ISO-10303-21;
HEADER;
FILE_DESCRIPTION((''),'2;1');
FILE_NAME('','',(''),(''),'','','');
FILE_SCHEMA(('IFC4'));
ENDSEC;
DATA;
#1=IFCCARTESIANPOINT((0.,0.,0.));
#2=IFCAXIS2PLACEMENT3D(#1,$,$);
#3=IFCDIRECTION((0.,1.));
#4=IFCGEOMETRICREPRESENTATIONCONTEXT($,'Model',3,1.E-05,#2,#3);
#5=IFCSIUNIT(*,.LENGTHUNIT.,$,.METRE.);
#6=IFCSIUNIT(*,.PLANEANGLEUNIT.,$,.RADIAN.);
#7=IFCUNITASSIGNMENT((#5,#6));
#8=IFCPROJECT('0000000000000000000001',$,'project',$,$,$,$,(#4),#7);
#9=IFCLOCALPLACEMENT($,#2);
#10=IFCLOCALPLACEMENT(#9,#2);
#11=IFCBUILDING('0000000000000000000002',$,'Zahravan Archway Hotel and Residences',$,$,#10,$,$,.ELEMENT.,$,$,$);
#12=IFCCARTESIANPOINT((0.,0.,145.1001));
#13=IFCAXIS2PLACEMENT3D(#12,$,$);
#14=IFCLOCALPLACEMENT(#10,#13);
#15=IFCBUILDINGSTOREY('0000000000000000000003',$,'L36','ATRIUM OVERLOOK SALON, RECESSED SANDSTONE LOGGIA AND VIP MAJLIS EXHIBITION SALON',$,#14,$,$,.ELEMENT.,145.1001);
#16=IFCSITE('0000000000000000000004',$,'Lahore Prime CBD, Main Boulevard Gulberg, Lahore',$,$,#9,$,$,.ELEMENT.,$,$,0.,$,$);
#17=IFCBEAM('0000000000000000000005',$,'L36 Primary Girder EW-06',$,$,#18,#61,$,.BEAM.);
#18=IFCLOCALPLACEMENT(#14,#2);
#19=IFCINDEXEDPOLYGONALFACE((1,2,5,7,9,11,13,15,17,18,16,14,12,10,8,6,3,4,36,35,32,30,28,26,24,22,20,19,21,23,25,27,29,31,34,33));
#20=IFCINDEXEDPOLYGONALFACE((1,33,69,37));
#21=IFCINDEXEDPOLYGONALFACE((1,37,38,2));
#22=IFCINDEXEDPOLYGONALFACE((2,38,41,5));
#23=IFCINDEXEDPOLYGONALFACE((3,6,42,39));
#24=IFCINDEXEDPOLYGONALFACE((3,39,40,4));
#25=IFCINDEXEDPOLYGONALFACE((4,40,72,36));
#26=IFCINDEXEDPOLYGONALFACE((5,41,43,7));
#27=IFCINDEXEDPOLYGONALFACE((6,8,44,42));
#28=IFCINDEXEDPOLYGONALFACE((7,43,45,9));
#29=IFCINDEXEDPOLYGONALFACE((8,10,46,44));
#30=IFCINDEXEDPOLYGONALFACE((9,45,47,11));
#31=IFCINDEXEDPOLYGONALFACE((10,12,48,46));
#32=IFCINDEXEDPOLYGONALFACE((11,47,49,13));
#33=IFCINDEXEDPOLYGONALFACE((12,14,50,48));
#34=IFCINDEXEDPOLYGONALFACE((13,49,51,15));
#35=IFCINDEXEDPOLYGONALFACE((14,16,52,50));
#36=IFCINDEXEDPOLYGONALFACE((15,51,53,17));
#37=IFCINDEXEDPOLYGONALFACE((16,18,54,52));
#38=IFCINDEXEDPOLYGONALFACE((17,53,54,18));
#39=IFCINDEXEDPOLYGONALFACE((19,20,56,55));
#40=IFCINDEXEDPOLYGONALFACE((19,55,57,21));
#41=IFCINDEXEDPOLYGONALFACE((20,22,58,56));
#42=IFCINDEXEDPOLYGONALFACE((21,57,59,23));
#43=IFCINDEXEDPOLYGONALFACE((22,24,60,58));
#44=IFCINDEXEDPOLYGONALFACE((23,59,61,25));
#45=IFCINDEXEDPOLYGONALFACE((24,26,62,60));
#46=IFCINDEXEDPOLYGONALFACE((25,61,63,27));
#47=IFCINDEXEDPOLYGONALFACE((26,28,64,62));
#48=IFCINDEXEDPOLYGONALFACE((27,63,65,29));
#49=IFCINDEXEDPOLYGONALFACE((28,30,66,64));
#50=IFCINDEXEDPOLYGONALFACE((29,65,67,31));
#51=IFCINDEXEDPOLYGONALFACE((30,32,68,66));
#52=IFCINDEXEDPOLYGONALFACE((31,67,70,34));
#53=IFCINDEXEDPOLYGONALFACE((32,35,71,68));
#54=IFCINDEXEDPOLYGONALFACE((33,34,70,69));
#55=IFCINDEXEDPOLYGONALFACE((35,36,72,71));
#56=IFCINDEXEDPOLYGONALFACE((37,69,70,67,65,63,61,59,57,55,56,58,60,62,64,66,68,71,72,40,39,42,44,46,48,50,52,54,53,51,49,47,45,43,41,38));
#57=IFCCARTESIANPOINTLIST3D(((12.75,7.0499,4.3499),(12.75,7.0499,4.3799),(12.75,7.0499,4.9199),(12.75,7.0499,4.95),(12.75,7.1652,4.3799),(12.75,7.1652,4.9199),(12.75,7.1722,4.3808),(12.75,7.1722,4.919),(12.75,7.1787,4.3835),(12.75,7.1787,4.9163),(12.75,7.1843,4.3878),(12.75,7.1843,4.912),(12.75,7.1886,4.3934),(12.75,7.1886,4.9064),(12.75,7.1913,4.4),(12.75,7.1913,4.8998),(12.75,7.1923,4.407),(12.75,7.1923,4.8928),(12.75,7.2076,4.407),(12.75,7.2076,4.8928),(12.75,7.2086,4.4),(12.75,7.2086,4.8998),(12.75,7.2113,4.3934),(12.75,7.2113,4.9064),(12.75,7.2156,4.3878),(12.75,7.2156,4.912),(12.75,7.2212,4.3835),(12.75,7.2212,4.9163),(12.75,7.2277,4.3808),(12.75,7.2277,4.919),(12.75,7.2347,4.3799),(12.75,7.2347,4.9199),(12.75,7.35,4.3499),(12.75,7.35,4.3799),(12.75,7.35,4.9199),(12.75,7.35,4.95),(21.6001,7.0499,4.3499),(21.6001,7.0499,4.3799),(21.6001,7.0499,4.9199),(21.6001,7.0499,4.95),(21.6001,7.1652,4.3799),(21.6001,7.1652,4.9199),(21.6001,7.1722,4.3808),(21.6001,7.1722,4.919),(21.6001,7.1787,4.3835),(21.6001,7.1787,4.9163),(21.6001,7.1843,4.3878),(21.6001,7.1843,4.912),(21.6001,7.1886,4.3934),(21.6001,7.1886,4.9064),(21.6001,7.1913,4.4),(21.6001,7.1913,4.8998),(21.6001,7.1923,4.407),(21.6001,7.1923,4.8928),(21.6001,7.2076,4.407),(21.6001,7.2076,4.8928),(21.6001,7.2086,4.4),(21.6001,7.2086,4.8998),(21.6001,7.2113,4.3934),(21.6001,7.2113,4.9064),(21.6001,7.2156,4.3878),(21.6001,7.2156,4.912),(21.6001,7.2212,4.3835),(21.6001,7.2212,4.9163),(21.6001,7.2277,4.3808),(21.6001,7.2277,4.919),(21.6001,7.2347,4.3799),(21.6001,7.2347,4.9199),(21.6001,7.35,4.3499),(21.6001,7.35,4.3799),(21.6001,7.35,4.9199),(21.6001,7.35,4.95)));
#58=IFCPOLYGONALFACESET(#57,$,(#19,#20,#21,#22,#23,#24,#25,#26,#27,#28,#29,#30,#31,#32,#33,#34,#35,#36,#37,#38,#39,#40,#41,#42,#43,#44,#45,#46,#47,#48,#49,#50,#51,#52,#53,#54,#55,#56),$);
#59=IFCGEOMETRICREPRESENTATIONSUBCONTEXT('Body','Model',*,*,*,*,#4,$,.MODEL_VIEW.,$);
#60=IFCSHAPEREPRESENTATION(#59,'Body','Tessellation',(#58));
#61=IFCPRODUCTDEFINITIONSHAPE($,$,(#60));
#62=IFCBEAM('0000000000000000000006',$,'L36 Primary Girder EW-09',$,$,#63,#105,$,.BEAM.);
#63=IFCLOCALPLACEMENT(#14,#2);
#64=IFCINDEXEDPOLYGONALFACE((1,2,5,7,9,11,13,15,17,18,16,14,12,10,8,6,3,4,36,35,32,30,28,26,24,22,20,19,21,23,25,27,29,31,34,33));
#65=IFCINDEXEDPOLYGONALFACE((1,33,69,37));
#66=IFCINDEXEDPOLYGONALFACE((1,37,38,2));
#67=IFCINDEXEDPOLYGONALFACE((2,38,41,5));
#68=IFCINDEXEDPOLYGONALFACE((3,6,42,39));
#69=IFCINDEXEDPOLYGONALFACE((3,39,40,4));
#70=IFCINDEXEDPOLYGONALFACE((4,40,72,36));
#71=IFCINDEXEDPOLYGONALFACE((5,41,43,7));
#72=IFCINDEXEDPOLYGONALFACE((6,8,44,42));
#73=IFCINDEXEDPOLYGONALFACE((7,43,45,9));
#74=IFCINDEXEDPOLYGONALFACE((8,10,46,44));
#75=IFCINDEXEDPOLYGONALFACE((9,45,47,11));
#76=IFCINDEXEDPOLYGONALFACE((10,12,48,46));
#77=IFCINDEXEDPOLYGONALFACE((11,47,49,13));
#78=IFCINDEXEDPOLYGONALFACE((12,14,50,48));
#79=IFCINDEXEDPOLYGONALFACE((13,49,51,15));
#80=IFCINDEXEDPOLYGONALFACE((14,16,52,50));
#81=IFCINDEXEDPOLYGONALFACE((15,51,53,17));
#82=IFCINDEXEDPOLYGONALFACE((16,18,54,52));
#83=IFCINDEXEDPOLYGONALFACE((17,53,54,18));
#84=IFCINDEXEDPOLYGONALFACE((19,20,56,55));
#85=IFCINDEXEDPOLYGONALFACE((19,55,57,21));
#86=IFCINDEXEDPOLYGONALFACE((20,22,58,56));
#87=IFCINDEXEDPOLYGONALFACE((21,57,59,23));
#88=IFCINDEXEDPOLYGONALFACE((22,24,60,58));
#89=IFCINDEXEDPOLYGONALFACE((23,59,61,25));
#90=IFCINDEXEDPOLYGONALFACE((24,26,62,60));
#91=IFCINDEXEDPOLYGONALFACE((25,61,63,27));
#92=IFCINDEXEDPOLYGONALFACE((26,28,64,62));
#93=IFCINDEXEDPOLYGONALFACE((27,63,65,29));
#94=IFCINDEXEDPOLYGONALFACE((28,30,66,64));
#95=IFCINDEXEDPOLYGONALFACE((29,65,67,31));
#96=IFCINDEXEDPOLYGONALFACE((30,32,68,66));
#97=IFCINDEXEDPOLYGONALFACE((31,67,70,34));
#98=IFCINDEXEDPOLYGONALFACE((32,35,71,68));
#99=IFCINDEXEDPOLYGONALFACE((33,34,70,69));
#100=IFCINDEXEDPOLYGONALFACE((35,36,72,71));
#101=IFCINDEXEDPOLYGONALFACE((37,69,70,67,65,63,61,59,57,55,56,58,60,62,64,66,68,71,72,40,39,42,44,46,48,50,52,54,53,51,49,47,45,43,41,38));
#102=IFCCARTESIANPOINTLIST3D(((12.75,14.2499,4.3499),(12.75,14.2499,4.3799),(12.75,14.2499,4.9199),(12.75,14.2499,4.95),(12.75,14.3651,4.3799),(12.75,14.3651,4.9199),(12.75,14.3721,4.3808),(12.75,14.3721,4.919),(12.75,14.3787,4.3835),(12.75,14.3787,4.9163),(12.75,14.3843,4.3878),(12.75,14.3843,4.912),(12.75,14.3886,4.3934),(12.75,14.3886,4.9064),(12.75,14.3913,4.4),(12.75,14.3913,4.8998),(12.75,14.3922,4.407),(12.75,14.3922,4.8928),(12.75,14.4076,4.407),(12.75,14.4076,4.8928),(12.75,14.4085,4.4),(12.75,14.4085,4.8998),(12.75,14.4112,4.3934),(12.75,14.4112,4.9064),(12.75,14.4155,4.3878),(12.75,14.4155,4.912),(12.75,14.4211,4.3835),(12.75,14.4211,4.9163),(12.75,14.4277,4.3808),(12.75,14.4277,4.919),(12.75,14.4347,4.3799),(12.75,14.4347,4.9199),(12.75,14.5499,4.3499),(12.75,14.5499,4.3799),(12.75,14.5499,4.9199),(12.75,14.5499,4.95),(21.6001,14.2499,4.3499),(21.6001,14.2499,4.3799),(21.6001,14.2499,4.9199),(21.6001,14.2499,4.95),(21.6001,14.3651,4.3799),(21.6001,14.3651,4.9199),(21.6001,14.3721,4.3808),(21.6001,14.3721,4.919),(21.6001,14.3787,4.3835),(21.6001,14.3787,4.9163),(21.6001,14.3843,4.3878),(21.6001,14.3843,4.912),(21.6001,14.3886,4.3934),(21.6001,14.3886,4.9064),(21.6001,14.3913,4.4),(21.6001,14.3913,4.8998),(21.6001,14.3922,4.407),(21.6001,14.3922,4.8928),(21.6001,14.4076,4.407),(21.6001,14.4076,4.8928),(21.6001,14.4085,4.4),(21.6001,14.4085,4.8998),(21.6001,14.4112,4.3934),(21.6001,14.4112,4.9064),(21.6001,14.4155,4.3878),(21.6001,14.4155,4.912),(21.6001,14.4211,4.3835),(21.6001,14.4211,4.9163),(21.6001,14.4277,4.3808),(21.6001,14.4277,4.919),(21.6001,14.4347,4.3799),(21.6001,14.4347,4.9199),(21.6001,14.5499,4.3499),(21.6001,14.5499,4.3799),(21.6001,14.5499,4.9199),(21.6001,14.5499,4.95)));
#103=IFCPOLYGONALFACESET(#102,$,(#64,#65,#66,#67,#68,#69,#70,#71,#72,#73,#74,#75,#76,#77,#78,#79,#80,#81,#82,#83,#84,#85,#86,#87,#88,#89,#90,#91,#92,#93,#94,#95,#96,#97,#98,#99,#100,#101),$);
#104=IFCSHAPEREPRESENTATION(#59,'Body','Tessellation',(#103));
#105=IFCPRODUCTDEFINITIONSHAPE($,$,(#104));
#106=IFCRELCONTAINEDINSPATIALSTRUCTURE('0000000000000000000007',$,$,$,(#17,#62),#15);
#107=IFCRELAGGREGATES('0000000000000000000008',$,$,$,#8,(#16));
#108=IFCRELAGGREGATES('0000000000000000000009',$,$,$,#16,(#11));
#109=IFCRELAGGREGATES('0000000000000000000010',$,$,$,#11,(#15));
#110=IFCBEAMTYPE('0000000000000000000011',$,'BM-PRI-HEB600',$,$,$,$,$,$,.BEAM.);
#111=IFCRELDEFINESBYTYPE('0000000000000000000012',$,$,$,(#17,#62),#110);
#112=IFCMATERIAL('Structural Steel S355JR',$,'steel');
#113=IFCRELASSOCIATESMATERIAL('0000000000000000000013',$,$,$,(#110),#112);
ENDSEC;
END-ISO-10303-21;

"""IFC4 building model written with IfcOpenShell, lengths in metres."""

from ifc_helpers import new_model, si_unit, direction, frame, origin, origin_2d, place, context, subcontext, project, spatial, i_section, extrude, source, transform, mapped, material, material_profile, profile_set, type_object, element, save


model = new_model("IFC4")

# Units and contexts
model_context = context("Model", 3, precision=1e-05, world=origin(), true_north=direction((0.0, 1.0)))
body_context = subcontext(model_context, "Body", "Model", "MODEL_VIEW")
ifc_project = project(units=[si_unit("LENGTHUNIT", "METRE"), si_unit("PLANEANGLEUNIT", "RADIAN")], contexts=[model_context])

# Site, building, storey
site_placement = place(None, origin())
site = spatial("IfcSite", under=ifc_project, at=site_placement, Name="Lahore Prime CBD, Main Boulevard Gulberg, Lahore", CompositionType="ELEMENT", RefElevation=0.0)
building_placement = place(site_placement, origin())
building = spatial("IfcBuilding", under=site, at=building_placement, Name="Zahravan Archway Hotel and Residences", CompositionType="ELEMENT")
storey_placement = place(building_placement, frame((0.0, 0.0, 145.1001)))
storey = spatial("IfcBuildingStorey", under=building, at=storey_placement, Name="L36", Description="ATRIUM OVERLOOK SALON, RECESSED SANDSTONE LOGGIA AND VIP MAJLIS EXHIBITION SALON", CompositionType="ELEMENT", Elevation=145.1001)

# Beams
ifc_material_1 = material(Name="Structural Steel S355JR", Category="steel")
ifc_material_profile_1 = material_profile(ifc_material_1, i_section(OverallWidth=0.3, OverallDepth=0.6001, WebThickness=0.0154, FlangeThickness=0.03, FilletRadius=0.0271, at=origin_2d()), Name="HEB 600", Category="steel")
ifc_profile_set_1 = profile_set([ifc_material_profile_1], Name="Structural Steel S355JR")
beam_type = type_object("IfcBeamType", Name="BM-PRI-HEB600", PredefinedType="BEAM", material=ifc_profile_set_1)
shared_shape_1 = source(origin(), body_context, "Body", "SweptSolid", [
    extrude(i_section(OverallWidth=0.3, OverallDepth=0.6001, WebThickness=0.0154, FlangeThickness=0.03, FilletRadius=0.0271, at=origin_2d()), origin(), (0.0, 0.0, 1.0), 8.8501),
])
for number, where, z_axis, x_axis, name in (
    (1, (12.75, 7.2, 4.6499), (1.0, 0.0, 0.0), (0.0, 1.0, 0.0), "L36 Primary Girder EW-06"),
    (2, (12.75, 14.3999, 4.6499), (1.0, 0.0, 0.0), (0.0, 1.0, 0.0), "L36 Primary Girder EW-09"),
):
    element("IfcBeam", number, at=place(storey_placement, frame(where, z_axis=z_axis, x_axis=x_axis)), inside=storey, type_object=beam_type, Name=name, PredefinedType="BEAM", context=body_context, shape_type="MappedRepresentation", body=[
        mapped(shared_shape_1, transform((0.0, 0.0, 0.0), scale=1.0)),
    ])

save(model, "model.ifc")
